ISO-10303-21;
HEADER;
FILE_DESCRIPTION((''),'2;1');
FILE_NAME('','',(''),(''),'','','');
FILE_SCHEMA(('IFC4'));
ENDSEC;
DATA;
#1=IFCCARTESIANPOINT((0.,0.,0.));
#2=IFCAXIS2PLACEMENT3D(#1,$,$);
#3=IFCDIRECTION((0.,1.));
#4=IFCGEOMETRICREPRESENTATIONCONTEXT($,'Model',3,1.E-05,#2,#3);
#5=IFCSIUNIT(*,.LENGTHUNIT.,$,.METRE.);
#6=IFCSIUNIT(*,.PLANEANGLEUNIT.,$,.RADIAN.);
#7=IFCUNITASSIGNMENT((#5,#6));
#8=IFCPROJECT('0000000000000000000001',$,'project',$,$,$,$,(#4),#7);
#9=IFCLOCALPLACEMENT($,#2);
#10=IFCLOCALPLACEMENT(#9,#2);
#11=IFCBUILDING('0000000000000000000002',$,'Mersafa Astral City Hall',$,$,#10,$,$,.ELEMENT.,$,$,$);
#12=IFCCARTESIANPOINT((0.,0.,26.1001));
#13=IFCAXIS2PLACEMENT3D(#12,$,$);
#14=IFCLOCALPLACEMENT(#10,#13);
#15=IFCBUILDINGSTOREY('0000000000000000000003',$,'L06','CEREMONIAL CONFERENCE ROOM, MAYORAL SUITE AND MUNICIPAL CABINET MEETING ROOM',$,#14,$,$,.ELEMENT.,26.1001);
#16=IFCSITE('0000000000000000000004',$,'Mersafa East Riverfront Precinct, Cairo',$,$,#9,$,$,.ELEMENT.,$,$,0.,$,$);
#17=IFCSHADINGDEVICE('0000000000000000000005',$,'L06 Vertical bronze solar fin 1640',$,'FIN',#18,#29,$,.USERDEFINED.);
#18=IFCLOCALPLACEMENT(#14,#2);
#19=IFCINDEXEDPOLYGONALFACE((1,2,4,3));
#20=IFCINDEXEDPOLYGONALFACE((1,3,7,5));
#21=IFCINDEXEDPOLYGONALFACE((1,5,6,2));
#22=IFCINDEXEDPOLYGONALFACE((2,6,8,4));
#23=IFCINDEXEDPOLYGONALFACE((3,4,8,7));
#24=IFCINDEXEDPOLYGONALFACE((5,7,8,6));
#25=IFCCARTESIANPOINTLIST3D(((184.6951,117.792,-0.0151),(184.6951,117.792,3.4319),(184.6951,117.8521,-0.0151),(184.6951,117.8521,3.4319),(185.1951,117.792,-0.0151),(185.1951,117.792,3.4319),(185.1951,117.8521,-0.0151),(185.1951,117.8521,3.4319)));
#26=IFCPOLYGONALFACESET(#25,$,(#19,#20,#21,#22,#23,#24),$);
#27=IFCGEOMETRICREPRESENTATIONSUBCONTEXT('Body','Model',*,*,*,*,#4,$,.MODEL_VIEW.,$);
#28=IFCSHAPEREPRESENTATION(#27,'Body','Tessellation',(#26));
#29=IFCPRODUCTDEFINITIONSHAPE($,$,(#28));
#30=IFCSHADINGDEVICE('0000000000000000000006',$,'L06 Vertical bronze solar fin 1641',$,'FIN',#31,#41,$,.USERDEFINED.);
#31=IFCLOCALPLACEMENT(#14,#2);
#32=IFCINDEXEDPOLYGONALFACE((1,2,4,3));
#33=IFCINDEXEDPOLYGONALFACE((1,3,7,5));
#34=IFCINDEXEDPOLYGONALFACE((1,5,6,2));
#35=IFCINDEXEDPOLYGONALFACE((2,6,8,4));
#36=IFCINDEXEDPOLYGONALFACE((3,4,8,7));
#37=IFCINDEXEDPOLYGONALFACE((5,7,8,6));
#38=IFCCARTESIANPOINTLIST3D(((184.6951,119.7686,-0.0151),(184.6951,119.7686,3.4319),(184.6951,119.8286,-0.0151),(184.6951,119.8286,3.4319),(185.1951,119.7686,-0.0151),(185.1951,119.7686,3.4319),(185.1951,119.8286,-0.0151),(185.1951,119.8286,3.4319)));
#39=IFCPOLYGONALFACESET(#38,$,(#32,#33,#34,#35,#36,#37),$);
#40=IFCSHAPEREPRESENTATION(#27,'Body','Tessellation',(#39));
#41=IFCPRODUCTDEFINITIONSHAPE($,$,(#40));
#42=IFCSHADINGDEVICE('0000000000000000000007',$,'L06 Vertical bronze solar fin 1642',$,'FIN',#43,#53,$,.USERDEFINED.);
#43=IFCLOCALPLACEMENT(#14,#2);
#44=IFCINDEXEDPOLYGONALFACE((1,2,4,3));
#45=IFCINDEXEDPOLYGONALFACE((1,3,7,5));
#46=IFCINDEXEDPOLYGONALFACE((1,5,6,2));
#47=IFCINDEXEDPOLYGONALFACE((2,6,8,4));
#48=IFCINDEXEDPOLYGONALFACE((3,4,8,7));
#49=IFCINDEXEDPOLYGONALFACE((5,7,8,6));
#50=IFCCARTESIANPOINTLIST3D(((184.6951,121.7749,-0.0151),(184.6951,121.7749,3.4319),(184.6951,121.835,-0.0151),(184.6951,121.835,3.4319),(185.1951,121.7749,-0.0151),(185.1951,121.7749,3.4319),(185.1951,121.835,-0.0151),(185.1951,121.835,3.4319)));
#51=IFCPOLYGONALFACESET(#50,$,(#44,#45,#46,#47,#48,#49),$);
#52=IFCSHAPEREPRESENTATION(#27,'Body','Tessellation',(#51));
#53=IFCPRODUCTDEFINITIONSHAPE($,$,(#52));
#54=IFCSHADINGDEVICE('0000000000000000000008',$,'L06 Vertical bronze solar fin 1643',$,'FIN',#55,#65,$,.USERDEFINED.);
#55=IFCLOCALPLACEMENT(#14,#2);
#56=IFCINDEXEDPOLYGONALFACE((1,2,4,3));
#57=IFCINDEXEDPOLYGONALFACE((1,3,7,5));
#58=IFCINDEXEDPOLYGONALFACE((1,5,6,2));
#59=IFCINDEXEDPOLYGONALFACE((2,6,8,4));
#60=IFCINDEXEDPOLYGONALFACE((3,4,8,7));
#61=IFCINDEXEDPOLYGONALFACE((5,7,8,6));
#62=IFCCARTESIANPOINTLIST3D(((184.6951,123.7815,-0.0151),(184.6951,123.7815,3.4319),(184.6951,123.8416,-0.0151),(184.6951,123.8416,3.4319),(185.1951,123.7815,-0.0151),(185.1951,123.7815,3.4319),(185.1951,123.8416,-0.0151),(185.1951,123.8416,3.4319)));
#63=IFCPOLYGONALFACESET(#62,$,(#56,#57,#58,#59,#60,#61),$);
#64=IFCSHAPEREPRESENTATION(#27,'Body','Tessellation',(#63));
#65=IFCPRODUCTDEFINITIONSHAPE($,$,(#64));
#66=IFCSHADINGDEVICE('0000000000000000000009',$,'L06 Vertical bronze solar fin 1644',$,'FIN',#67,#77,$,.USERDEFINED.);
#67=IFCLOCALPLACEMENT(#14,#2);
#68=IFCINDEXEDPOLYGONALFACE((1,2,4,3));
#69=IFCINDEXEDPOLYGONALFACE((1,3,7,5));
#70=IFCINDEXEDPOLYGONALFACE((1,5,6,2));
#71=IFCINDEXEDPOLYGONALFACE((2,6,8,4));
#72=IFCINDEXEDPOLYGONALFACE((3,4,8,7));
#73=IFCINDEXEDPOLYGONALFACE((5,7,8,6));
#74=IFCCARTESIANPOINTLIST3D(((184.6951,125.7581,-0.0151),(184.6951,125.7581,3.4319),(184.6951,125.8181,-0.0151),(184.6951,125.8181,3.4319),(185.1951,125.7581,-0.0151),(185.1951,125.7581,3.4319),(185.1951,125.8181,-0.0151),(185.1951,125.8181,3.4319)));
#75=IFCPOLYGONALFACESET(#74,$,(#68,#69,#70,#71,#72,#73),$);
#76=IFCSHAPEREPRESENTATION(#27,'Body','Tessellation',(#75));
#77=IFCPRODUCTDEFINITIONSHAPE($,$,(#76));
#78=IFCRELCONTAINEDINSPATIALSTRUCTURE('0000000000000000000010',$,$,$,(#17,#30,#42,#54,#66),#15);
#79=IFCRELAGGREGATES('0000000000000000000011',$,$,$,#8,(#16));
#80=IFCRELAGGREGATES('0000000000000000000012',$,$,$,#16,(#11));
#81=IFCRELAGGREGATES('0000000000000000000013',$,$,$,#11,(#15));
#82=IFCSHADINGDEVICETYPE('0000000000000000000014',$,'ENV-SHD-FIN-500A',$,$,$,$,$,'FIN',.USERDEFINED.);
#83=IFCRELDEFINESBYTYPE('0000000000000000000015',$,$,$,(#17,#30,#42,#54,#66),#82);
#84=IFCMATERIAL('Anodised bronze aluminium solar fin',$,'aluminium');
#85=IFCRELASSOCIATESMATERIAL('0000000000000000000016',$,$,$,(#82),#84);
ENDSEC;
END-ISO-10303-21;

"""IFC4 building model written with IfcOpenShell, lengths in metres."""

from ifc_helpers import new_model, si_unit, direction, frame, origin, origin_2d, place, context, subcontext, project, spatial, rectangle, extrude, material, type_object, element, save


model = new_model("IFC4")

# Units and contexts
model_context = context("Model", 3, precision=1e-05, world=origin(), true_north=direction((0.0, 1.0)))
body_context = subcontext(model_context, "Body", "Model", "MODEL_VIEW")
ifc_project = project(units=[si_unit("LENGTHUNIT", "METRE"), si_unit("PLANEANGLEUNIT", "RADIAN")], contexts=[model_context])

# Site, building, storey
site_placement = place(None, origin())
site = spatial("IfcSite", under=ifc_project, at=site_placement, Name="Mersafa East Riverfront Precinct, Cairo", CompositionType="ELEMENT", RefElevation=0.0)
building_placement = place(site_placement, origin())
building = spatial("IfcBuilding", under=site, at=building_placement, Name="Mersafa Astral City Hall", CompositionType="ELEMENT")
storey_placement = place(building_placement, frame((0.0, 0.0, 26.1001)))
storey = spatial("IfcBuildingStorey", under=building, at=storey_placement, Name="L06", Description="CEREMONIAL CONFERENCE ROOM, MAYORAL SUITE AND MUNICIPAL CABINET MEETING ROOM", CompositionType="ELEMENT", Elevation=26.1001)

# Shading devices
ifc_material_1 = material(Name="Anodised bronze aluminium solar fin", Category="aluminium")
shading_device_type = type_object("IfcShadingDeviceType", Name="ENV-SHD-FIN-500A", ElementType="FIN", PredefinedType="USERDEFINED", material=ifc_material_1)
for number, where, z_axis, x_axis, name in (
    (1, (184.9451, 117.822, -0.0151), (0.0, 0.0, 1.0), (0.0, 1.0, 0.0), "L06 Vertical bronze solar fin 1640"),
    (2, (184.9451, 119.7986, -0.0151), (0.0, 0.0, 1.0), (0.0, 1.0, 0.0), "L06 Vertical bronze solar fin 1641"),
    (3, (184.9451, 121.8049, -0.0151), (0.0, 0.0, 1.0), (0.0, 1.0, 0.0), "L06 Vertical bronze solar fin 1642"),
    (4, (184.9451, 123.8115, -0.0151), (0.0, 0.0, 1.0), (0.0, 1.0, 0.0), "L06 Vertical bronze solar fin 1643"),
    (5, (184.9451, 125.7881, -0.0151), (0.0, 0.0, 1.0), (0.0, 1.0, 0.0), "L06 Vertical bronze solar fin 1644"),
):
    element("IfcShadingDevice", number, at=place(storey_placement, frame(where, z_axis=z_axis, x_axis=x_axis)), inside=storey, type_object=shading_device_type, Name=name, ObjectType="FIN", PredefinedType="USERDEFINED", context=body_context, shape_type="SweptSolid", body=[
        extrude(rectangle(XDim=0.0601, YDim=0.5, at=origin_2d()), origin(), (0.0, 0.0, 1.0), 3.447),
    ])

save(model, "model.ifc")
